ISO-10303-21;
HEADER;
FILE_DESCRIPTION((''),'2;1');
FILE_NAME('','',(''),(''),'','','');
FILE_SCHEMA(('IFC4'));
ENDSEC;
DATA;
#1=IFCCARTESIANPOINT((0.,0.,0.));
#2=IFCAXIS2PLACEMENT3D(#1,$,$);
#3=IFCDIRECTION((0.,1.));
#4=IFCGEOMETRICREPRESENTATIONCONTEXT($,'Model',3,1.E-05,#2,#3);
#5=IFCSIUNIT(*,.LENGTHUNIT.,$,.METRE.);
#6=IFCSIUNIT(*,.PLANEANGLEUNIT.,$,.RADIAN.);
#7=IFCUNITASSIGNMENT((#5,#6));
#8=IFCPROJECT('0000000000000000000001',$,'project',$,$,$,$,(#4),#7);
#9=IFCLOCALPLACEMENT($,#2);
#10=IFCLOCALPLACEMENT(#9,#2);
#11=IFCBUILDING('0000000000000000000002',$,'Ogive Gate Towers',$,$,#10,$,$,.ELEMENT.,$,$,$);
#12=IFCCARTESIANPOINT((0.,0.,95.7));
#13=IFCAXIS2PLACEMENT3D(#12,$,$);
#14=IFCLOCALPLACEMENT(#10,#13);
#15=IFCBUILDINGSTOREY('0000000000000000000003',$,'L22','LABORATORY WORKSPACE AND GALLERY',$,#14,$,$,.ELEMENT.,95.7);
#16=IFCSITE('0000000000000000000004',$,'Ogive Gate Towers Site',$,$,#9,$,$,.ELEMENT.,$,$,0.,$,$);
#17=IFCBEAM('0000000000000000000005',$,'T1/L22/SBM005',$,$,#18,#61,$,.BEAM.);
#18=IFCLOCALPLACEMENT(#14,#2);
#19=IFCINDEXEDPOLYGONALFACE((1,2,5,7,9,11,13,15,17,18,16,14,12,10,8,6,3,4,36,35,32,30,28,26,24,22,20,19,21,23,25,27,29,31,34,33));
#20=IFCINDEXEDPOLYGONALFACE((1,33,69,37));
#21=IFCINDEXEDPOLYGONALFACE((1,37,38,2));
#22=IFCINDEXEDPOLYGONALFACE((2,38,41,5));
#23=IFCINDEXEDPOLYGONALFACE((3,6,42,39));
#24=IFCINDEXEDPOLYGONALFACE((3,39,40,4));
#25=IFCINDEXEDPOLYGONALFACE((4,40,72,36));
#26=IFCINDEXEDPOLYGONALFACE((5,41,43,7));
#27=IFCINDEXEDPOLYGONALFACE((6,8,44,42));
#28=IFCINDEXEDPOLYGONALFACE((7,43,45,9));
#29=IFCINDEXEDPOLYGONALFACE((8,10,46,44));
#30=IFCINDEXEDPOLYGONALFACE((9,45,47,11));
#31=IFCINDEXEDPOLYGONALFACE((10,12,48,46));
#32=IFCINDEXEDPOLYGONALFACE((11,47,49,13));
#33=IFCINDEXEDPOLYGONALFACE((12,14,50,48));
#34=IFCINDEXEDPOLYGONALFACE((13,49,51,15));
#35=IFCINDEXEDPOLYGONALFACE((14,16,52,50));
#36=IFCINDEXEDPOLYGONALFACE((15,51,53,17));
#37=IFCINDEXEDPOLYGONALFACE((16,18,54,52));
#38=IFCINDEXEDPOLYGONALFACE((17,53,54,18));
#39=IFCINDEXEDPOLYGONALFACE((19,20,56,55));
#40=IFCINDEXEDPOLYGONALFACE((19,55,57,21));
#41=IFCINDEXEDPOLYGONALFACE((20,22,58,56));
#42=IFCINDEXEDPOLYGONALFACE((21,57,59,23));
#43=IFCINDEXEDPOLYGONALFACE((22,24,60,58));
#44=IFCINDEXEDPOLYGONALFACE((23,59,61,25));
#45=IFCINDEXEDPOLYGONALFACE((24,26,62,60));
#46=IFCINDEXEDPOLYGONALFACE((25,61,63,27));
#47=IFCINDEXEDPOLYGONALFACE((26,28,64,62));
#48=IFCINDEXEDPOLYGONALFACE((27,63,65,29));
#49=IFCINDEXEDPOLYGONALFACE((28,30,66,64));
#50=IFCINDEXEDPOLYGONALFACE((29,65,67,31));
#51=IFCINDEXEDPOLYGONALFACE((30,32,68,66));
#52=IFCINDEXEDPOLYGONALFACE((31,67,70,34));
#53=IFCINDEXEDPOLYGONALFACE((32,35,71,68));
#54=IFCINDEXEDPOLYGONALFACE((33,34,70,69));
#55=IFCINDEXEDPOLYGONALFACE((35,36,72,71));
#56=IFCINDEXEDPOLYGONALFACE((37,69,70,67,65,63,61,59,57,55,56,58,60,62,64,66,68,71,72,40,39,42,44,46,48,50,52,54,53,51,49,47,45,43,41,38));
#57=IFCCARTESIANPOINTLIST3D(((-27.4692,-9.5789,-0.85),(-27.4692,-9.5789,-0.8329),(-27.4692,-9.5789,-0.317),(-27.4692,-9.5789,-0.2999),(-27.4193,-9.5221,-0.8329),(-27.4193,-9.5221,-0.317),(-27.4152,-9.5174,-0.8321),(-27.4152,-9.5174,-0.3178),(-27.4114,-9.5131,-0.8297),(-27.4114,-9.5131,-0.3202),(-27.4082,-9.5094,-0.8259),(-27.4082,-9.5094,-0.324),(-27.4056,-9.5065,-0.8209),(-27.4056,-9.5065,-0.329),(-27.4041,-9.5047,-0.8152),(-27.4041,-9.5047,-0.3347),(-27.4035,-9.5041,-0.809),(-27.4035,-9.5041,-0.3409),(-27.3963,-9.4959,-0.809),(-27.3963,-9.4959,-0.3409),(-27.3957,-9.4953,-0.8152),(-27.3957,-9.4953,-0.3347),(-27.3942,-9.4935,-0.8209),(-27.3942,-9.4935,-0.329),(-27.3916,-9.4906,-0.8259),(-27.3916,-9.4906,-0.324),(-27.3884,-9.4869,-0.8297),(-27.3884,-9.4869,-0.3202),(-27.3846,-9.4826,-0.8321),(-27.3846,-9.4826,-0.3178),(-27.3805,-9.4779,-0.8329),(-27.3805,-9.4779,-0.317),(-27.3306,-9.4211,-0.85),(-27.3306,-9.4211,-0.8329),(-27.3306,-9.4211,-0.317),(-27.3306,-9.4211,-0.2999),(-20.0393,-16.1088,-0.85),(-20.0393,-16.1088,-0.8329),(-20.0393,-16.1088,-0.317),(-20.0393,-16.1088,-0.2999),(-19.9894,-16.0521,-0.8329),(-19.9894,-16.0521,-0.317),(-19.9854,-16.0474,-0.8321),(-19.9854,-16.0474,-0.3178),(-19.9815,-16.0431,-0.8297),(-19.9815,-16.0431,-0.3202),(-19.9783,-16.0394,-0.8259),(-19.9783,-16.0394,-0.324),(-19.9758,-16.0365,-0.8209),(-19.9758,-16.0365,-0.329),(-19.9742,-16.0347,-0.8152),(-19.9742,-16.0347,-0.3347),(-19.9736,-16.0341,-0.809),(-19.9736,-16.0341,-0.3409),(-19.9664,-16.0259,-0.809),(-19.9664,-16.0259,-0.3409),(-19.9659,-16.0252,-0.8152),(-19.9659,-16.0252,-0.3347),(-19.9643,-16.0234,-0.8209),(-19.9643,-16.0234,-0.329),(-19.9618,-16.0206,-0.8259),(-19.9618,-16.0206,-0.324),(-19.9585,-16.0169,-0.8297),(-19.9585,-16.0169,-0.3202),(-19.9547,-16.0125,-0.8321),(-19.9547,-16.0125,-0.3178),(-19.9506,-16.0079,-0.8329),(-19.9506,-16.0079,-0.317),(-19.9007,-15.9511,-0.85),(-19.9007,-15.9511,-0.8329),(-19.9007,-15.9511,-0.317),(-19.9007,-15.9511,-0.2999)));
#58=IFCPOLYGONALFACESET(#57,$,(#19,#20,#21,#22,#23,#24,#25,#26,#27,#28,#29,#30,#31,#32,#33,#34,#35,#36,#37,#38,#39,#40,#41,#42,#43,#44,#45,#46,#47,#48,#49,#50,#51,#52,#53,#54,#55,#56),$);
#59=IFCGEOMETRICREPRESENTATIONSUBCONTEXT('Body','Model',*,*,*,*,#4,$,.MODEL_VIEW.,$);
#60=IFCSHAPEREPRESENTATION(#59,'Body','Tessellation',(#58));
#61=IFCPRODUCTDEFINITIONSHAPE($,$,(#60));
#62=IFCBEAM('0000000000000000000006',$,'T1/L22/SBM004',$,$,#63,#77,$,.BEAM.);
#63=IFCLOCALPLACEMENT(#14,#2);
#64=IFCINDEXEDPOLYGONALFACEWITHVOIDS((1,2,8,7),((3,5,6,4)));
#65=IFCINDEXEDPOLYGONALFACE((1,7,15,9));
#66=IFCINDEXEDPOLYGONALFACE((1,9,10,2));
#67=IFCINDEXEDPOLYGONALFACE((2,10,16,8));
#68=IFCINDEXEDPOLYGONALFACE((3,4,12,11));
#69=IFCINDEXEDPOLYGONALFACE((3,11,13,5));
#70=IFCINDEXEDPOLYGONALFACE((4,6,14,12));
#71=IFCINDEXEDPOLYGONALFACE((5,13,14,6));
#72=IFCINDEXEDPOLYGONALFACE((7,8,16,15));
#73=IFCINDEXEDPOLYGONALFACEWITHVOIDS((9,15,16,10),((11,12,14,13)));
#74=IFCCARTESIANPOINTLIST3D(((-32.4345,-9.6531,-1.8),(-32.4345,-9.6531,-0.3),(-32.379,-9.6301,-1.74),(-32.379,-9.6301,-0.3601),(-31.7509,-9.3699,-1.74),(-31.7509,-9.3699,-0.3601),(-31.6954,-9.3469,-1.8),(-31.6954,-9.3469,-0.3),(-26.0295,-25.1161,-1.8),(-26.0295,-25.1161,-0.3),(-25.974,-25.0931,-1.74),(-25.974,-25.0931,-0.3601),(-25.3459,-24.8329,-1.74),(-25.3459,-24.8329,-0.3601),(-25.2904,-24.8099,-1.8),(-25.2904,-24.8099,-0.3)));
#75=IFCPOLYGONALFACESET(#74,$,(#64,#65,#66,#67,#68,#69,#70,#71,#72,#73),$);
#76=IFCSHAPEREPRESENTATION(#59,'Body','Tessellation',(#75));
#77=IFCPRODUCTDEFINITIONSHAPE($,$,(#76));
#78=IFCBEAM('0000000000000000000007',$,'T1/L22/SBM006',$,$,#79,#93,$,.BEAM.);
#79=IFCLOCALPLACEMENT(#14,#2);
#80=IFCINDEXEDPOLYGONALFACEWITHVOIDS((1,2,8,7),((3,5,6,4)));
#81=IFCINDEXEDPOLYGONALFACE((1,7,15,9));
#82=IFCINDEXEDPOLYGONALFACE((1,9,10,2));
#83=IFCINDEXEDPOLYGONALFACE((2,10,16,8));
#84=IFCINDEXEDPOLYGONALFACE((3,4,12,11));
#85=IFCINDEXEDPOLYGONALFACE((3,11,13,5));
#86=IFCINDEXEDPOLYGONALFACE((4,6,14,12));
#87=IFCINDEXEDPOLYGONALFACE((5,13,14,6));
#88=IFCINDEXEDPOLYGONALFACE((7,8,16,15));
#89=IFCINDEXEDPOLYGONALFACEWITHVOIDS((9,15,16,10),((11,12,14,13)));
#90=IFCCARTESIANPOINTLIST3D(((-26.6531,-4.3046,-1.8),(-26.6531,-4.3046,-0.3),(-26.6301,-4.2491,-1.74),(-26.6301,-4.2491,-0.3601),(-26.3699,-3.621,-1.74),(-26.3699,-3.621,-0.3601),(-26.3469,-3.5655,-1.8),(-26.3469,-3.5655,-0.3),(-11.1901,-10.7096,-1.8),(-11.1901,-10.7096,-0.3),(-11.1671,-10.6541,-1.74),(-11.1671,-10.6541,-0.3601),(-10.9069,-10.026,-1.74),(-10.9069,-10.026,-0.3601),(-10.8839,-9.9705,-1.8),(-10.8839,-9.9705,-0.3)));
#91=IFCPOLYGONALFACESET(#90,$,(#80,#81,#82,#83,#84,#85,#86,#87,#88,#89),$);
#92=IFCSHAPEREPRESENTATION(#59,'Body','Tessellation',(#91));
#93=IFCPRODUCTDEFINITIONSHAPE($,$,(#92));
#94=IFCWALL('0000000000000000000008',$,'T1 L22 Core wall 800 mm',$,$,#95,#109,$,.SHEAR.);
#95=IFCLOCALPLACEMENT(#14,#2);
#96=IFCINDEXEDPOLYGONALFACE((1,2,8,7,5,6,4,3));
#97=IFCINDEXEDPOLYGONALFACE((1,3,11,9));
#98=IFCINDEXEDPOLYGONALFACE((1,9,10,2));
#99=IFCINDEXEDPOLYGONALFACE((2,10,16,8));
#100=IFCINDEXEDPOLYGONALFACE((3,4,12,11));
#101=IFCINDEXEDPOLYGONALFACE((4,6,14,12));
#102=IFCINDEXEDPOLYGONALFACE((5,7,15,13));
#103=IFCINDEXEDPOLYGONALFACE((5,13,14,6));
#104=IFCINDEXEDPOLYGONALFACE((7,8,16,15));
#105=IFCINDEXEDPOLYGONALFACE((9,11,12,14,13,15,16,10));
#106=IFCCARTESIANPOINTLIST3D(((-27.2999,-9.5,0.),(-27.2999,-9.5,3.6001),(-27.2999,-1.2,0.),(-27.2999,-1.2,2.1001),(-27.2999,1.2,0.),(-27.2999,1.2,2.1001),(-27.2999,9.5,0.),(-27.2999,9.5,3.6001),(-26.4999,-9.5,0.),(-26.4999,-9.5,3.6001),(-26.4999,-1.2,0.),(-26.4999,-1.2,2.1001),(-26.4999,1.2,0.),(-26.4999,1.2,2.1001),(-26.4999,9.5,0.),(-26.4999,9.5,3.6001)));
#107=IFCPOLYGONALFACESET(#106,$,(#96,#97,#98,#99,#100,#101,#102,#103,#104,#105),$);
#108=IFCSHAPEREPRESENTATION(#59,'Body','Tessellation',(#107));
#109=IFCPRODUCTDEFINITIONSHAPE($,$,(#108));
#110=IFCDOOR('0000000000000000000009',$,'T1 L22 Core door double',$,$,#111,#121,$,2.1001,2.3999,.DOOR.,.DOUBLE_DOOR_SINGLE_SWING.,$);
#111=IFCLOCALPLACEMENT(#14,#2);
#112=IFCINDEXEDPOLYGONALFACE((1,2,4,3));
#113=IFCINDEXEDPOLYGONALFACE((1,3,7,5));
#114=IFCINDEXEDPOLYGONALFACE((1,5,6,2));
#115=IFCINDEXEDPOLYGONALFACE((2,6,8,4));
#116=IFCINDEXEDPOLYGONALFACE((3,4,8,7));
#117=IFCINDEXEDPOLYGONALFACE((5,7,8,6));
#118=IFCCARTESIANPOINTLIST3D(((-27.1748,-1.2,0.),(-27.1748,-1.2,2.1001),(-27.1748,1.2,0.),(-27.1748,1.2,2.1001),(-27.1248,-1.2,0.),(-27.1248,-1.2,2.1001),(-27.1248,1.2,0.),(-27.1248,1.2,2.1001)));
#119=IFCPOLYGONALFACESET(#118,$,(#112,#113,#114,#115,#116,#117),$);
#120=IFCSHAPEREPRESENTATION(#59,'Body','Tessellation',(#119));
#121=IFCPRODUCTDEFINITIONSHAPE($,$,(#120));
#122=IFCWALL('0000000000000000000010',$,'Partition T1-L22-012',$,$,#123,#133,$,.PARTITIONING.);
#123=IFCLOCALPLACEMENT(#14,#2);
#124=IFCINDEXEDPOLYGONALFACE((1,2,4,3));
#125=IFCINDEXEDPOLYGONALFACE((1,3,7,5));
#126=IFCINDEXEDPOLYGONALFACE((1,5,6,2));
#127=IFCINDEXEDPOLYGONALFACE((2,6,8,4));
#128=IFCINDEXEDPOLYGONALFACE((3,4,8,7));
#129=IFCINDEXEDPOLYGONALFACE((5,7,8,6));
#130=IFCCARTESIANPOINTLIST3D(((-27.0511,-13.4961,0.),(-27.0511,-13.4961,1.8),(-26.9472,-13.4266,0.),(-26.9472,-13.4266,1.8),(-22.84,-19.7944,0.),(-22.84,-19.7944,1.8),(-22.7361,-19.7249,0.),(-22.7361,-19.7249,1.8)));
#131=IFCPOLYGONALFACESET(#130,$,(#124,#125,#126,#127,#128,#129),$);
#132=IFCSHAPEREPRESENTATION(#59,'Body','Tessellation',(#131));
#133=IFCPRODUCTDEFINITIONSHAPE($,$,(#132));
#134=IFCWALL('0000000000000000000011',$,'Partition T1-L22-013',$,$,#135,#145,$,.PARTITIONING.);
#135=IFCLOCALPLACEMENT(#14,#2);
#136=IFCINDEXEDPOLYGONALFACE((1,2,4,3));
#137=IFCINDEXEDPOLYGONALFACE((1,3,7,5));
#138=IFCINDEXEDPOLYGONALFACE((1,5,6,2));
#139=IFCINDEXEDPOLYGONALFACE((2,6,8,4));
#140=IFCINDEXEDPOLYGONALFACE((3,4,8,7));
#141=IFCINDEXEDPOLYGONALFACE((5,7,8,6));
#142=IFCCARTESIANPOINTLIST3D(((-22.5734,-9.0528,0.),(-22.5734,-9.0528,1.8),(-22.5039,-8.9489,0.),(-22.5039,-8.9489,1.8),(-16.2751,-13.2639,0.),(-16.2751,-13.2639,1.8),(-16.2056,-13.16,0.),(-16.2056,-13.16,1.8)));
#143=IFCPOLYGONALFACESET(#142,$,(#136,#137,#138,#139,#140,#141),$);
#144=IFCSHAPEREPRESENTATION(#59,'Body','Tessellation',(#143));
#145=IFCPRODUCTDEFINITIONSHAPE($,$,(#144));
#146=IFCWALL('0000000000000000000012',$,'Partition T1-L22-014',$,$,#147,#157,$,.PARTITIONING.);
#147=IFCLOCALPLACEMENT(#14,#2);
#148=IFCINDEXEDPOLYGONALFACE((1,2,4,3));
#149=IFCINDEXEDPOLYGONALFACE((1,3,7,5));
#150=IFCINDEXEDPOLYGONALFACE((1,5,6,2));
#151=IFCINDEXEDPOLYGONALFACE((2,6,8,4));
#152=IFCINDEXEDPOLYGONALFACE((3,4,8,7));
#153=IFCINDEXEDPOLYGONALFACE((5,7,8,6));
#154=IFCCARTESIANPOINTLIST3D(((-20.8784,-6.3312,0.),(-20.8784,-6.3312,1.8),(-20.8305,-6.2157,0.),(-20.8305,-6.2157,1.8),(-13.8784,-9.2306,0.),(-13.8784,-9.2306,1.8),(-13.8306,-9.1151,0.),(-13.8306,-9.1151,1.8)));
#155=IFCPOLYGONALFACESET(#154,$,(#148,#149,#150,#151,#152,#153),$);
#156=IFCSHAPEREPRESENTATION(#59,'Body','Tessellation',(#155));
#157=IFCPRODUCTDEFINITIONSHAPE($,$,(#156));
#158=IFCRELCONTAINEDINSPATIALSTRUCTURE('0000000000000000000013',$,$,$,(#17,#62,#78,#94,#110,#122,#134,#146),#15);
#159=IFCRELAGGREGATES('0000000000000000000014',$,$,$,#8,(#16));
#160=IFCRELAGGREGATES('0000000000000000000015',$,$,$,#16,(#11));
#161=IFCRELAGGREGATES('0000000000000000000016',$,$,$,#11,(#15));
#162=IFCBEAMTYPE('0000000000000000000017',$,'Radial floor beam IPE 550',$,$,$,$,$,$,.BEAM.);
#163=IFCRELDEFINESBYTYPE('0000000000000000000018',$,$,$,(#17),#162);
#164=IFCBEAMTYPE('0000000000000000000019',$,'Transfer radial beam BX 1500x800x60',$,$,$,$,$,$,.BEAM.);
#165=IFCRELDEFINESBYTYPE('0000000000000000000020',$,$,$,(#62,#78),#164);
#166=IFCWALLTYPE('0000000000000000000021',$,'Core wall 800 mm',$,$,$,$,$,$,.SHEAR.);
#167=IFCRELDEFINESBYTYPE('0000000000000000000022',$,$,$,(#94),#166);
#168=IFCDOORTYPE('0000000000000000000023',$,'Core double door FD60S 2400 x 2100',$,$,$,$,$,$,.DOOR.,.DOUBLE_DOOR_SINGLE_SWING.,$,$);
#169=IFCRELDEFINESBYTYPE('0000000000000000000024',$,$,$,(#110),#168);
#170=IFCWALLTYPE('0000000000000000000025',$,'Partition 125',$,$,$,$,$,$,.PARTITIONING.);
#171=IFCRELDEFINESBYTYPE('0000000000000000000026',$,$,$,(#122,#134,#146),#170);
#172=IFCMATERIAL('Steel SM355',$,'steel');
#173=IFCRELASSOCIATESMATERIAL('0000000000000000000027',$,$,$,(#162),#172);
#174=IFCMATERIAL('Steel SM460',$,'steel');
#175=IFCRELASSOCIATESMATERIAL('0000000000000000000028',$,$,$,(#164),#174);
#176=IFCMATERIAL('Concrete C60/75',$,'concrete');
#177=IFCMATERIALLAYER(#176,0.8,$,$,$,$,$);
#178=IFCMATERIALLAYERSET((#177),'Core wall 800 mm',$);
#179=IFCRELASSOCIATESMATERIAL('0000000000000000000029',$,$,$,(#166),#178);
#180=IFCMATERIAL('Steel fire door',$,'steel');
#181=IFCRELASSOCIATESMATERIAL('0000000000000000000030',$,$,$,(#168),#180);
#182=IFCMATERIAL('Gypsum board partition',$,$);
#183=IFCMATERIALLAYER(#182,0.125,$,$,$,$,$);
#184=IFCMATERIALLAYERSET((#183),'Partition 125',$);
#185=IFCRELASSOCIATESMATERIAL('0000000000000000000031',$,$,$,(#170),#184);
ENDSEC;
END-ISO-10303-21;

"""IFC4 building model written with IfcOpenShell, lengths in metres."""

from ifc_helpers import new_model, si_unit, direction, frame, frame_2d, origin, origin_2d, place, context, subcontext, project, spatial, rectangle, hollow_rectangle, i_section, extrude, material, layer, layer_set, material_profile, profile_set, type_object, element, fill, save


model = new_model("IFC4")

# Units and contexts
model_context = context("Model", 3, precision=1e-05, world=origin(), true_north=direction((0.0, 1.0)))
body_context = subcontext(model_context, "Body", "Model", "MODEL_VIEW")
ifc_project = project(units=[si_unit("LENGTHUNIT", "METRE"), si_unit("PLANEANGLEUNIT", "RADIAN")], contexts=[model_context])

# Site, building, storey
site_placement = place(None, origin())
site = spatial("IfcSite", under=ifc_project, at=site_placement, Name="Ogive Gate Towers Site", CompositionType="ELEMENT", RefElevation=0.0)
building_placement = place(site_placement, origin())
building = spatial("IfcBuilding", under=site, at=building_placement, Name="Ogive Gate Towers", CompositionType="ELEMENT")
storey_placement = place(building_placement, frame((0.0, 0.0, 95.7)))
storey = spatial("IfcBuildingStorey", under=building, at=storey_placement, Name="L22", Description="LABORATORY WORKSPACE AND GALLERY", CompositionType="ELEMENT", Elevation=95.7)

# Shared definitions
ifc_material_1 = material(Name="Steel SM460", Category="steel")

# Beams
ifc_material_2 = material(Name="Steel SM355", Category="steel")
ifc_material_profile_1 = material_profile(ifc_material_2, i_section(OverallWidth=0.21, OverallDepth=0.55, WebThickness=0.011, FlangeThickness=0.0171, FilletRadius=0.0239, at=origin_2d()), Name="IPE 550")
ifc_profile_set_1 = profile_set([ifc_material_profile_1], Name="Steel SM355")
beam_type_1 = type_object("IfcBeamType", Name="Radial floor beam IPE 550", PredefinedType="BEAM", material=ifc_profile_set_1)
beam_1_placement = place(storey_placement, frame((-27.3999, -9.5, -0.575), z_axis=(0.75113, -0.660154, 0.0), x_axis=(0.660154, 0.75113, 0.0)))
element("IfcBeam", 1, at=beam_1_placement, inside=storey, type_object=beam_type_1, Name="T1/L22/SBM005", PredefinedType="BEAM", context=body_context, shape_type="SweptSolid", body=[
    extrude(i_section(OverallWidth=0.21, OverallDepth=0.55, WebThickness=0.011, FlangeThickness=0.0171, FilletRadius=0.0239, at=origin_2d()), origin(), (0.0, 0.0, 1.0), 9.8916),
])
ifc_material_profile_2 = material_profile(ifc_material_1, hollow_rectangle(XDim=0.8, YDim=1.5, WallThickness=0.0601, at=origin_2d()), Name="BX 1500x800x60")
ifc_profile_set_2 = profile_set([ifc_material_profile_2], Name="Steel SM460")
beam_type_2 = type_object("IfcBeamType", Name="Transfer radial beam BX 1500x800x60", PredefinedType="BEAM", material=ifc_profile_set_2)
for number, where, z_axis, x_axis, name in (
    (2, (-32.0649, -9.5, -1.05), (0.382683, -0.92388, 0.0), (0.92388, 0.382683, 0.0), "T1/L22/SBM004"),
    (3, (-26.5, -3.9351, -1.05), (0.92388, -0.382683, 0.0), (0.382683, 0.92388, 0.0), "T1/L22/SBM006"),
):
    element("IfcBeam", number, at=place(storey_placement, frame(where, z_axis=z_axis, x_axis=x_axis)), inside=storey, type_object=beam_type_2, Name=name, PredefinedType="BEAM", context=body_context, shape_type="SweptSolid", body=[
        extrude(hollow_rectangle(XDim=0.8, YDim=1.5, WallThickness=0.0601, at=origin_2d()), origin(), (0.0, 0.0, 1.0), 16.7371),
    ])

# Wall, opening, door
ifc_material_3 = material(Name="Concrete C60/75", Category="concrete")
ifc_layer_1 = layer(ifc_material_3, 0.8)
ifc_layer_set_1 = layer_set([ifc_layer_1], Name="Core wall 800 mm")
wall_type_1 = type_object("IfcWallType", Name="Core wall 800 mm", PredefinedType="SHEAR", material=ifc_layer_set_1)
wall_1_placement = place(storey_placement, frame((-26.8999, -9.5, 0.0), z_axis=(0.0, 0.0, 1.0), x_axis=(0.0, 1.0, 0.0)))
wall_1 = element("IfcWall", 4, at=wall_1_placement, inside=storey, type_object=wall_type_1, Name="T1 L22 Core wall 800 mm", PredefinedType="SHEAR", context=body_context, shape_type="SweptSolid", body=[
    extrude(rectangle(XDim=19.0, YDim=0.8, at=frame_2d((9.5, 0.0))), origin(), (0.0, 0.0, 1.0), 3.6001),
])
opening_1_placement = place(wall_1_placement, frame((8.3, 0.0, 0.0)))
opening_1 = element("IfcOpeningElement", 5, at=opening_1_placement, cuts=wall_1, PredefinedType="OPENING", context=body_context, shape_type="SweptSolid", body=[
    extrude(rectangle(XDim=2.3999, YDim=2.1001, at=frame_2d((1.2, 1.05))), frame((0.0, 0.4102, 0.0), z_axis=(0.0, -1.0, 0.0), x_axis=(1.0, 0.0, 0.0)), (0.0, 0.0, 1.0), 0.8201),
])
ifc_material_4 = material(Name="Steel fire door", Category="steel")
door_type_1 = type_object("IfcDoorType", Name="Core double door FD60S 2400 x 2100", OperationType="DOUBLE_DOOR_SINGLE_SWING", PredefinedType="DOOR", material=ifc_material_4)
door_1_placement = place(opening_1_placement, origin())
door_1 = element("IfcDoor", 6, at=door_1_placement, inside=storey, type_object=door_type_1, Name="T1 L22 Core door double", OperationType="DOUBLE_DOOR_SINGLE_SWING", OverallHeight=2.1001, OverallWidth=2.3999, PredefinedType="DOOR", context=body_context, shape_type="SweptSolid", body=[
    extrude(rectangle(XDim=2.3999, YDim=2.1001, at=frame_2d((1.2, 1.05))), frame((0.0, 0.2749, 0.0), z_axis=(0.0, -1.0, 0.0), x_axis=(1.0, 0.0, 0.0)), (0.0, 0.0, 1.0), 0.05),
])
fill(opening_1, door_1)

# Walls
ifc_material_5 = material(Name="Gypsum board partition")
ifc_layer_2 = layer(ifc_material_5, 0.125)
ifc_layer_set_2 = layer_set([ifc_layer_2], Name="Partition 125")
wall_type_2 = type_object("IfcWallType", Name="Partition 125", PredefinedType="PARTITIONING", material=ifc_layer_set_2)
for number, where, z_axis, x_axis, name in (
    (7, (-22.7881, -19.7595, 0.0), (0.0, 0.0, 1.0), (-0.555823, 0.831301, 0.0), "Partition T1-L22-012"),
    (8, (-16.2405, -13.2119, 0.0), (0.0, 0.0, 1.0), (-0.831301, 0.555823, 0.0), "Partition T1-L22-013"),
):
    element("IfcWall", number, at=place(storey_placement, frame(where, z_axis=z_axis, x_axis=x_axis)), inside=storey, type_object=wall_type_2, Name=name, PredefinedType="PARTITIONING", context=body_context, shape_type="SweptSolid", body=[
        extrude(rectangle(XDim=7.5764, YDim=0.125, at=frame_2d((3.7881, 0.0))), origin(), (0.0, 0.0, 1.0), 1.8),
    ])
wall_2_placement = place(storey_placement, frame((-13.8545, -9.1729, 0.0), z_axis=(0.0, 0.0, 1.0), x_axis=(-0.923883, 0.382674, 0.0)))
element("IfcWall", 9, at=wall_2_placement, inside=storey, type_object=wall_type_2, Name="Partition T1-L22-014", PredefinedType="PARTITIONING", context=body_context, shape_type="SweptSolid", body=[
    extrude(rectangle(XDim=7.5767, YDim=0.125, at=frame_2d((3.7883, 0.0))), origin(), (0.0, 0.0, 1.0), 1.8),
])

save(model, "model.ifc")
